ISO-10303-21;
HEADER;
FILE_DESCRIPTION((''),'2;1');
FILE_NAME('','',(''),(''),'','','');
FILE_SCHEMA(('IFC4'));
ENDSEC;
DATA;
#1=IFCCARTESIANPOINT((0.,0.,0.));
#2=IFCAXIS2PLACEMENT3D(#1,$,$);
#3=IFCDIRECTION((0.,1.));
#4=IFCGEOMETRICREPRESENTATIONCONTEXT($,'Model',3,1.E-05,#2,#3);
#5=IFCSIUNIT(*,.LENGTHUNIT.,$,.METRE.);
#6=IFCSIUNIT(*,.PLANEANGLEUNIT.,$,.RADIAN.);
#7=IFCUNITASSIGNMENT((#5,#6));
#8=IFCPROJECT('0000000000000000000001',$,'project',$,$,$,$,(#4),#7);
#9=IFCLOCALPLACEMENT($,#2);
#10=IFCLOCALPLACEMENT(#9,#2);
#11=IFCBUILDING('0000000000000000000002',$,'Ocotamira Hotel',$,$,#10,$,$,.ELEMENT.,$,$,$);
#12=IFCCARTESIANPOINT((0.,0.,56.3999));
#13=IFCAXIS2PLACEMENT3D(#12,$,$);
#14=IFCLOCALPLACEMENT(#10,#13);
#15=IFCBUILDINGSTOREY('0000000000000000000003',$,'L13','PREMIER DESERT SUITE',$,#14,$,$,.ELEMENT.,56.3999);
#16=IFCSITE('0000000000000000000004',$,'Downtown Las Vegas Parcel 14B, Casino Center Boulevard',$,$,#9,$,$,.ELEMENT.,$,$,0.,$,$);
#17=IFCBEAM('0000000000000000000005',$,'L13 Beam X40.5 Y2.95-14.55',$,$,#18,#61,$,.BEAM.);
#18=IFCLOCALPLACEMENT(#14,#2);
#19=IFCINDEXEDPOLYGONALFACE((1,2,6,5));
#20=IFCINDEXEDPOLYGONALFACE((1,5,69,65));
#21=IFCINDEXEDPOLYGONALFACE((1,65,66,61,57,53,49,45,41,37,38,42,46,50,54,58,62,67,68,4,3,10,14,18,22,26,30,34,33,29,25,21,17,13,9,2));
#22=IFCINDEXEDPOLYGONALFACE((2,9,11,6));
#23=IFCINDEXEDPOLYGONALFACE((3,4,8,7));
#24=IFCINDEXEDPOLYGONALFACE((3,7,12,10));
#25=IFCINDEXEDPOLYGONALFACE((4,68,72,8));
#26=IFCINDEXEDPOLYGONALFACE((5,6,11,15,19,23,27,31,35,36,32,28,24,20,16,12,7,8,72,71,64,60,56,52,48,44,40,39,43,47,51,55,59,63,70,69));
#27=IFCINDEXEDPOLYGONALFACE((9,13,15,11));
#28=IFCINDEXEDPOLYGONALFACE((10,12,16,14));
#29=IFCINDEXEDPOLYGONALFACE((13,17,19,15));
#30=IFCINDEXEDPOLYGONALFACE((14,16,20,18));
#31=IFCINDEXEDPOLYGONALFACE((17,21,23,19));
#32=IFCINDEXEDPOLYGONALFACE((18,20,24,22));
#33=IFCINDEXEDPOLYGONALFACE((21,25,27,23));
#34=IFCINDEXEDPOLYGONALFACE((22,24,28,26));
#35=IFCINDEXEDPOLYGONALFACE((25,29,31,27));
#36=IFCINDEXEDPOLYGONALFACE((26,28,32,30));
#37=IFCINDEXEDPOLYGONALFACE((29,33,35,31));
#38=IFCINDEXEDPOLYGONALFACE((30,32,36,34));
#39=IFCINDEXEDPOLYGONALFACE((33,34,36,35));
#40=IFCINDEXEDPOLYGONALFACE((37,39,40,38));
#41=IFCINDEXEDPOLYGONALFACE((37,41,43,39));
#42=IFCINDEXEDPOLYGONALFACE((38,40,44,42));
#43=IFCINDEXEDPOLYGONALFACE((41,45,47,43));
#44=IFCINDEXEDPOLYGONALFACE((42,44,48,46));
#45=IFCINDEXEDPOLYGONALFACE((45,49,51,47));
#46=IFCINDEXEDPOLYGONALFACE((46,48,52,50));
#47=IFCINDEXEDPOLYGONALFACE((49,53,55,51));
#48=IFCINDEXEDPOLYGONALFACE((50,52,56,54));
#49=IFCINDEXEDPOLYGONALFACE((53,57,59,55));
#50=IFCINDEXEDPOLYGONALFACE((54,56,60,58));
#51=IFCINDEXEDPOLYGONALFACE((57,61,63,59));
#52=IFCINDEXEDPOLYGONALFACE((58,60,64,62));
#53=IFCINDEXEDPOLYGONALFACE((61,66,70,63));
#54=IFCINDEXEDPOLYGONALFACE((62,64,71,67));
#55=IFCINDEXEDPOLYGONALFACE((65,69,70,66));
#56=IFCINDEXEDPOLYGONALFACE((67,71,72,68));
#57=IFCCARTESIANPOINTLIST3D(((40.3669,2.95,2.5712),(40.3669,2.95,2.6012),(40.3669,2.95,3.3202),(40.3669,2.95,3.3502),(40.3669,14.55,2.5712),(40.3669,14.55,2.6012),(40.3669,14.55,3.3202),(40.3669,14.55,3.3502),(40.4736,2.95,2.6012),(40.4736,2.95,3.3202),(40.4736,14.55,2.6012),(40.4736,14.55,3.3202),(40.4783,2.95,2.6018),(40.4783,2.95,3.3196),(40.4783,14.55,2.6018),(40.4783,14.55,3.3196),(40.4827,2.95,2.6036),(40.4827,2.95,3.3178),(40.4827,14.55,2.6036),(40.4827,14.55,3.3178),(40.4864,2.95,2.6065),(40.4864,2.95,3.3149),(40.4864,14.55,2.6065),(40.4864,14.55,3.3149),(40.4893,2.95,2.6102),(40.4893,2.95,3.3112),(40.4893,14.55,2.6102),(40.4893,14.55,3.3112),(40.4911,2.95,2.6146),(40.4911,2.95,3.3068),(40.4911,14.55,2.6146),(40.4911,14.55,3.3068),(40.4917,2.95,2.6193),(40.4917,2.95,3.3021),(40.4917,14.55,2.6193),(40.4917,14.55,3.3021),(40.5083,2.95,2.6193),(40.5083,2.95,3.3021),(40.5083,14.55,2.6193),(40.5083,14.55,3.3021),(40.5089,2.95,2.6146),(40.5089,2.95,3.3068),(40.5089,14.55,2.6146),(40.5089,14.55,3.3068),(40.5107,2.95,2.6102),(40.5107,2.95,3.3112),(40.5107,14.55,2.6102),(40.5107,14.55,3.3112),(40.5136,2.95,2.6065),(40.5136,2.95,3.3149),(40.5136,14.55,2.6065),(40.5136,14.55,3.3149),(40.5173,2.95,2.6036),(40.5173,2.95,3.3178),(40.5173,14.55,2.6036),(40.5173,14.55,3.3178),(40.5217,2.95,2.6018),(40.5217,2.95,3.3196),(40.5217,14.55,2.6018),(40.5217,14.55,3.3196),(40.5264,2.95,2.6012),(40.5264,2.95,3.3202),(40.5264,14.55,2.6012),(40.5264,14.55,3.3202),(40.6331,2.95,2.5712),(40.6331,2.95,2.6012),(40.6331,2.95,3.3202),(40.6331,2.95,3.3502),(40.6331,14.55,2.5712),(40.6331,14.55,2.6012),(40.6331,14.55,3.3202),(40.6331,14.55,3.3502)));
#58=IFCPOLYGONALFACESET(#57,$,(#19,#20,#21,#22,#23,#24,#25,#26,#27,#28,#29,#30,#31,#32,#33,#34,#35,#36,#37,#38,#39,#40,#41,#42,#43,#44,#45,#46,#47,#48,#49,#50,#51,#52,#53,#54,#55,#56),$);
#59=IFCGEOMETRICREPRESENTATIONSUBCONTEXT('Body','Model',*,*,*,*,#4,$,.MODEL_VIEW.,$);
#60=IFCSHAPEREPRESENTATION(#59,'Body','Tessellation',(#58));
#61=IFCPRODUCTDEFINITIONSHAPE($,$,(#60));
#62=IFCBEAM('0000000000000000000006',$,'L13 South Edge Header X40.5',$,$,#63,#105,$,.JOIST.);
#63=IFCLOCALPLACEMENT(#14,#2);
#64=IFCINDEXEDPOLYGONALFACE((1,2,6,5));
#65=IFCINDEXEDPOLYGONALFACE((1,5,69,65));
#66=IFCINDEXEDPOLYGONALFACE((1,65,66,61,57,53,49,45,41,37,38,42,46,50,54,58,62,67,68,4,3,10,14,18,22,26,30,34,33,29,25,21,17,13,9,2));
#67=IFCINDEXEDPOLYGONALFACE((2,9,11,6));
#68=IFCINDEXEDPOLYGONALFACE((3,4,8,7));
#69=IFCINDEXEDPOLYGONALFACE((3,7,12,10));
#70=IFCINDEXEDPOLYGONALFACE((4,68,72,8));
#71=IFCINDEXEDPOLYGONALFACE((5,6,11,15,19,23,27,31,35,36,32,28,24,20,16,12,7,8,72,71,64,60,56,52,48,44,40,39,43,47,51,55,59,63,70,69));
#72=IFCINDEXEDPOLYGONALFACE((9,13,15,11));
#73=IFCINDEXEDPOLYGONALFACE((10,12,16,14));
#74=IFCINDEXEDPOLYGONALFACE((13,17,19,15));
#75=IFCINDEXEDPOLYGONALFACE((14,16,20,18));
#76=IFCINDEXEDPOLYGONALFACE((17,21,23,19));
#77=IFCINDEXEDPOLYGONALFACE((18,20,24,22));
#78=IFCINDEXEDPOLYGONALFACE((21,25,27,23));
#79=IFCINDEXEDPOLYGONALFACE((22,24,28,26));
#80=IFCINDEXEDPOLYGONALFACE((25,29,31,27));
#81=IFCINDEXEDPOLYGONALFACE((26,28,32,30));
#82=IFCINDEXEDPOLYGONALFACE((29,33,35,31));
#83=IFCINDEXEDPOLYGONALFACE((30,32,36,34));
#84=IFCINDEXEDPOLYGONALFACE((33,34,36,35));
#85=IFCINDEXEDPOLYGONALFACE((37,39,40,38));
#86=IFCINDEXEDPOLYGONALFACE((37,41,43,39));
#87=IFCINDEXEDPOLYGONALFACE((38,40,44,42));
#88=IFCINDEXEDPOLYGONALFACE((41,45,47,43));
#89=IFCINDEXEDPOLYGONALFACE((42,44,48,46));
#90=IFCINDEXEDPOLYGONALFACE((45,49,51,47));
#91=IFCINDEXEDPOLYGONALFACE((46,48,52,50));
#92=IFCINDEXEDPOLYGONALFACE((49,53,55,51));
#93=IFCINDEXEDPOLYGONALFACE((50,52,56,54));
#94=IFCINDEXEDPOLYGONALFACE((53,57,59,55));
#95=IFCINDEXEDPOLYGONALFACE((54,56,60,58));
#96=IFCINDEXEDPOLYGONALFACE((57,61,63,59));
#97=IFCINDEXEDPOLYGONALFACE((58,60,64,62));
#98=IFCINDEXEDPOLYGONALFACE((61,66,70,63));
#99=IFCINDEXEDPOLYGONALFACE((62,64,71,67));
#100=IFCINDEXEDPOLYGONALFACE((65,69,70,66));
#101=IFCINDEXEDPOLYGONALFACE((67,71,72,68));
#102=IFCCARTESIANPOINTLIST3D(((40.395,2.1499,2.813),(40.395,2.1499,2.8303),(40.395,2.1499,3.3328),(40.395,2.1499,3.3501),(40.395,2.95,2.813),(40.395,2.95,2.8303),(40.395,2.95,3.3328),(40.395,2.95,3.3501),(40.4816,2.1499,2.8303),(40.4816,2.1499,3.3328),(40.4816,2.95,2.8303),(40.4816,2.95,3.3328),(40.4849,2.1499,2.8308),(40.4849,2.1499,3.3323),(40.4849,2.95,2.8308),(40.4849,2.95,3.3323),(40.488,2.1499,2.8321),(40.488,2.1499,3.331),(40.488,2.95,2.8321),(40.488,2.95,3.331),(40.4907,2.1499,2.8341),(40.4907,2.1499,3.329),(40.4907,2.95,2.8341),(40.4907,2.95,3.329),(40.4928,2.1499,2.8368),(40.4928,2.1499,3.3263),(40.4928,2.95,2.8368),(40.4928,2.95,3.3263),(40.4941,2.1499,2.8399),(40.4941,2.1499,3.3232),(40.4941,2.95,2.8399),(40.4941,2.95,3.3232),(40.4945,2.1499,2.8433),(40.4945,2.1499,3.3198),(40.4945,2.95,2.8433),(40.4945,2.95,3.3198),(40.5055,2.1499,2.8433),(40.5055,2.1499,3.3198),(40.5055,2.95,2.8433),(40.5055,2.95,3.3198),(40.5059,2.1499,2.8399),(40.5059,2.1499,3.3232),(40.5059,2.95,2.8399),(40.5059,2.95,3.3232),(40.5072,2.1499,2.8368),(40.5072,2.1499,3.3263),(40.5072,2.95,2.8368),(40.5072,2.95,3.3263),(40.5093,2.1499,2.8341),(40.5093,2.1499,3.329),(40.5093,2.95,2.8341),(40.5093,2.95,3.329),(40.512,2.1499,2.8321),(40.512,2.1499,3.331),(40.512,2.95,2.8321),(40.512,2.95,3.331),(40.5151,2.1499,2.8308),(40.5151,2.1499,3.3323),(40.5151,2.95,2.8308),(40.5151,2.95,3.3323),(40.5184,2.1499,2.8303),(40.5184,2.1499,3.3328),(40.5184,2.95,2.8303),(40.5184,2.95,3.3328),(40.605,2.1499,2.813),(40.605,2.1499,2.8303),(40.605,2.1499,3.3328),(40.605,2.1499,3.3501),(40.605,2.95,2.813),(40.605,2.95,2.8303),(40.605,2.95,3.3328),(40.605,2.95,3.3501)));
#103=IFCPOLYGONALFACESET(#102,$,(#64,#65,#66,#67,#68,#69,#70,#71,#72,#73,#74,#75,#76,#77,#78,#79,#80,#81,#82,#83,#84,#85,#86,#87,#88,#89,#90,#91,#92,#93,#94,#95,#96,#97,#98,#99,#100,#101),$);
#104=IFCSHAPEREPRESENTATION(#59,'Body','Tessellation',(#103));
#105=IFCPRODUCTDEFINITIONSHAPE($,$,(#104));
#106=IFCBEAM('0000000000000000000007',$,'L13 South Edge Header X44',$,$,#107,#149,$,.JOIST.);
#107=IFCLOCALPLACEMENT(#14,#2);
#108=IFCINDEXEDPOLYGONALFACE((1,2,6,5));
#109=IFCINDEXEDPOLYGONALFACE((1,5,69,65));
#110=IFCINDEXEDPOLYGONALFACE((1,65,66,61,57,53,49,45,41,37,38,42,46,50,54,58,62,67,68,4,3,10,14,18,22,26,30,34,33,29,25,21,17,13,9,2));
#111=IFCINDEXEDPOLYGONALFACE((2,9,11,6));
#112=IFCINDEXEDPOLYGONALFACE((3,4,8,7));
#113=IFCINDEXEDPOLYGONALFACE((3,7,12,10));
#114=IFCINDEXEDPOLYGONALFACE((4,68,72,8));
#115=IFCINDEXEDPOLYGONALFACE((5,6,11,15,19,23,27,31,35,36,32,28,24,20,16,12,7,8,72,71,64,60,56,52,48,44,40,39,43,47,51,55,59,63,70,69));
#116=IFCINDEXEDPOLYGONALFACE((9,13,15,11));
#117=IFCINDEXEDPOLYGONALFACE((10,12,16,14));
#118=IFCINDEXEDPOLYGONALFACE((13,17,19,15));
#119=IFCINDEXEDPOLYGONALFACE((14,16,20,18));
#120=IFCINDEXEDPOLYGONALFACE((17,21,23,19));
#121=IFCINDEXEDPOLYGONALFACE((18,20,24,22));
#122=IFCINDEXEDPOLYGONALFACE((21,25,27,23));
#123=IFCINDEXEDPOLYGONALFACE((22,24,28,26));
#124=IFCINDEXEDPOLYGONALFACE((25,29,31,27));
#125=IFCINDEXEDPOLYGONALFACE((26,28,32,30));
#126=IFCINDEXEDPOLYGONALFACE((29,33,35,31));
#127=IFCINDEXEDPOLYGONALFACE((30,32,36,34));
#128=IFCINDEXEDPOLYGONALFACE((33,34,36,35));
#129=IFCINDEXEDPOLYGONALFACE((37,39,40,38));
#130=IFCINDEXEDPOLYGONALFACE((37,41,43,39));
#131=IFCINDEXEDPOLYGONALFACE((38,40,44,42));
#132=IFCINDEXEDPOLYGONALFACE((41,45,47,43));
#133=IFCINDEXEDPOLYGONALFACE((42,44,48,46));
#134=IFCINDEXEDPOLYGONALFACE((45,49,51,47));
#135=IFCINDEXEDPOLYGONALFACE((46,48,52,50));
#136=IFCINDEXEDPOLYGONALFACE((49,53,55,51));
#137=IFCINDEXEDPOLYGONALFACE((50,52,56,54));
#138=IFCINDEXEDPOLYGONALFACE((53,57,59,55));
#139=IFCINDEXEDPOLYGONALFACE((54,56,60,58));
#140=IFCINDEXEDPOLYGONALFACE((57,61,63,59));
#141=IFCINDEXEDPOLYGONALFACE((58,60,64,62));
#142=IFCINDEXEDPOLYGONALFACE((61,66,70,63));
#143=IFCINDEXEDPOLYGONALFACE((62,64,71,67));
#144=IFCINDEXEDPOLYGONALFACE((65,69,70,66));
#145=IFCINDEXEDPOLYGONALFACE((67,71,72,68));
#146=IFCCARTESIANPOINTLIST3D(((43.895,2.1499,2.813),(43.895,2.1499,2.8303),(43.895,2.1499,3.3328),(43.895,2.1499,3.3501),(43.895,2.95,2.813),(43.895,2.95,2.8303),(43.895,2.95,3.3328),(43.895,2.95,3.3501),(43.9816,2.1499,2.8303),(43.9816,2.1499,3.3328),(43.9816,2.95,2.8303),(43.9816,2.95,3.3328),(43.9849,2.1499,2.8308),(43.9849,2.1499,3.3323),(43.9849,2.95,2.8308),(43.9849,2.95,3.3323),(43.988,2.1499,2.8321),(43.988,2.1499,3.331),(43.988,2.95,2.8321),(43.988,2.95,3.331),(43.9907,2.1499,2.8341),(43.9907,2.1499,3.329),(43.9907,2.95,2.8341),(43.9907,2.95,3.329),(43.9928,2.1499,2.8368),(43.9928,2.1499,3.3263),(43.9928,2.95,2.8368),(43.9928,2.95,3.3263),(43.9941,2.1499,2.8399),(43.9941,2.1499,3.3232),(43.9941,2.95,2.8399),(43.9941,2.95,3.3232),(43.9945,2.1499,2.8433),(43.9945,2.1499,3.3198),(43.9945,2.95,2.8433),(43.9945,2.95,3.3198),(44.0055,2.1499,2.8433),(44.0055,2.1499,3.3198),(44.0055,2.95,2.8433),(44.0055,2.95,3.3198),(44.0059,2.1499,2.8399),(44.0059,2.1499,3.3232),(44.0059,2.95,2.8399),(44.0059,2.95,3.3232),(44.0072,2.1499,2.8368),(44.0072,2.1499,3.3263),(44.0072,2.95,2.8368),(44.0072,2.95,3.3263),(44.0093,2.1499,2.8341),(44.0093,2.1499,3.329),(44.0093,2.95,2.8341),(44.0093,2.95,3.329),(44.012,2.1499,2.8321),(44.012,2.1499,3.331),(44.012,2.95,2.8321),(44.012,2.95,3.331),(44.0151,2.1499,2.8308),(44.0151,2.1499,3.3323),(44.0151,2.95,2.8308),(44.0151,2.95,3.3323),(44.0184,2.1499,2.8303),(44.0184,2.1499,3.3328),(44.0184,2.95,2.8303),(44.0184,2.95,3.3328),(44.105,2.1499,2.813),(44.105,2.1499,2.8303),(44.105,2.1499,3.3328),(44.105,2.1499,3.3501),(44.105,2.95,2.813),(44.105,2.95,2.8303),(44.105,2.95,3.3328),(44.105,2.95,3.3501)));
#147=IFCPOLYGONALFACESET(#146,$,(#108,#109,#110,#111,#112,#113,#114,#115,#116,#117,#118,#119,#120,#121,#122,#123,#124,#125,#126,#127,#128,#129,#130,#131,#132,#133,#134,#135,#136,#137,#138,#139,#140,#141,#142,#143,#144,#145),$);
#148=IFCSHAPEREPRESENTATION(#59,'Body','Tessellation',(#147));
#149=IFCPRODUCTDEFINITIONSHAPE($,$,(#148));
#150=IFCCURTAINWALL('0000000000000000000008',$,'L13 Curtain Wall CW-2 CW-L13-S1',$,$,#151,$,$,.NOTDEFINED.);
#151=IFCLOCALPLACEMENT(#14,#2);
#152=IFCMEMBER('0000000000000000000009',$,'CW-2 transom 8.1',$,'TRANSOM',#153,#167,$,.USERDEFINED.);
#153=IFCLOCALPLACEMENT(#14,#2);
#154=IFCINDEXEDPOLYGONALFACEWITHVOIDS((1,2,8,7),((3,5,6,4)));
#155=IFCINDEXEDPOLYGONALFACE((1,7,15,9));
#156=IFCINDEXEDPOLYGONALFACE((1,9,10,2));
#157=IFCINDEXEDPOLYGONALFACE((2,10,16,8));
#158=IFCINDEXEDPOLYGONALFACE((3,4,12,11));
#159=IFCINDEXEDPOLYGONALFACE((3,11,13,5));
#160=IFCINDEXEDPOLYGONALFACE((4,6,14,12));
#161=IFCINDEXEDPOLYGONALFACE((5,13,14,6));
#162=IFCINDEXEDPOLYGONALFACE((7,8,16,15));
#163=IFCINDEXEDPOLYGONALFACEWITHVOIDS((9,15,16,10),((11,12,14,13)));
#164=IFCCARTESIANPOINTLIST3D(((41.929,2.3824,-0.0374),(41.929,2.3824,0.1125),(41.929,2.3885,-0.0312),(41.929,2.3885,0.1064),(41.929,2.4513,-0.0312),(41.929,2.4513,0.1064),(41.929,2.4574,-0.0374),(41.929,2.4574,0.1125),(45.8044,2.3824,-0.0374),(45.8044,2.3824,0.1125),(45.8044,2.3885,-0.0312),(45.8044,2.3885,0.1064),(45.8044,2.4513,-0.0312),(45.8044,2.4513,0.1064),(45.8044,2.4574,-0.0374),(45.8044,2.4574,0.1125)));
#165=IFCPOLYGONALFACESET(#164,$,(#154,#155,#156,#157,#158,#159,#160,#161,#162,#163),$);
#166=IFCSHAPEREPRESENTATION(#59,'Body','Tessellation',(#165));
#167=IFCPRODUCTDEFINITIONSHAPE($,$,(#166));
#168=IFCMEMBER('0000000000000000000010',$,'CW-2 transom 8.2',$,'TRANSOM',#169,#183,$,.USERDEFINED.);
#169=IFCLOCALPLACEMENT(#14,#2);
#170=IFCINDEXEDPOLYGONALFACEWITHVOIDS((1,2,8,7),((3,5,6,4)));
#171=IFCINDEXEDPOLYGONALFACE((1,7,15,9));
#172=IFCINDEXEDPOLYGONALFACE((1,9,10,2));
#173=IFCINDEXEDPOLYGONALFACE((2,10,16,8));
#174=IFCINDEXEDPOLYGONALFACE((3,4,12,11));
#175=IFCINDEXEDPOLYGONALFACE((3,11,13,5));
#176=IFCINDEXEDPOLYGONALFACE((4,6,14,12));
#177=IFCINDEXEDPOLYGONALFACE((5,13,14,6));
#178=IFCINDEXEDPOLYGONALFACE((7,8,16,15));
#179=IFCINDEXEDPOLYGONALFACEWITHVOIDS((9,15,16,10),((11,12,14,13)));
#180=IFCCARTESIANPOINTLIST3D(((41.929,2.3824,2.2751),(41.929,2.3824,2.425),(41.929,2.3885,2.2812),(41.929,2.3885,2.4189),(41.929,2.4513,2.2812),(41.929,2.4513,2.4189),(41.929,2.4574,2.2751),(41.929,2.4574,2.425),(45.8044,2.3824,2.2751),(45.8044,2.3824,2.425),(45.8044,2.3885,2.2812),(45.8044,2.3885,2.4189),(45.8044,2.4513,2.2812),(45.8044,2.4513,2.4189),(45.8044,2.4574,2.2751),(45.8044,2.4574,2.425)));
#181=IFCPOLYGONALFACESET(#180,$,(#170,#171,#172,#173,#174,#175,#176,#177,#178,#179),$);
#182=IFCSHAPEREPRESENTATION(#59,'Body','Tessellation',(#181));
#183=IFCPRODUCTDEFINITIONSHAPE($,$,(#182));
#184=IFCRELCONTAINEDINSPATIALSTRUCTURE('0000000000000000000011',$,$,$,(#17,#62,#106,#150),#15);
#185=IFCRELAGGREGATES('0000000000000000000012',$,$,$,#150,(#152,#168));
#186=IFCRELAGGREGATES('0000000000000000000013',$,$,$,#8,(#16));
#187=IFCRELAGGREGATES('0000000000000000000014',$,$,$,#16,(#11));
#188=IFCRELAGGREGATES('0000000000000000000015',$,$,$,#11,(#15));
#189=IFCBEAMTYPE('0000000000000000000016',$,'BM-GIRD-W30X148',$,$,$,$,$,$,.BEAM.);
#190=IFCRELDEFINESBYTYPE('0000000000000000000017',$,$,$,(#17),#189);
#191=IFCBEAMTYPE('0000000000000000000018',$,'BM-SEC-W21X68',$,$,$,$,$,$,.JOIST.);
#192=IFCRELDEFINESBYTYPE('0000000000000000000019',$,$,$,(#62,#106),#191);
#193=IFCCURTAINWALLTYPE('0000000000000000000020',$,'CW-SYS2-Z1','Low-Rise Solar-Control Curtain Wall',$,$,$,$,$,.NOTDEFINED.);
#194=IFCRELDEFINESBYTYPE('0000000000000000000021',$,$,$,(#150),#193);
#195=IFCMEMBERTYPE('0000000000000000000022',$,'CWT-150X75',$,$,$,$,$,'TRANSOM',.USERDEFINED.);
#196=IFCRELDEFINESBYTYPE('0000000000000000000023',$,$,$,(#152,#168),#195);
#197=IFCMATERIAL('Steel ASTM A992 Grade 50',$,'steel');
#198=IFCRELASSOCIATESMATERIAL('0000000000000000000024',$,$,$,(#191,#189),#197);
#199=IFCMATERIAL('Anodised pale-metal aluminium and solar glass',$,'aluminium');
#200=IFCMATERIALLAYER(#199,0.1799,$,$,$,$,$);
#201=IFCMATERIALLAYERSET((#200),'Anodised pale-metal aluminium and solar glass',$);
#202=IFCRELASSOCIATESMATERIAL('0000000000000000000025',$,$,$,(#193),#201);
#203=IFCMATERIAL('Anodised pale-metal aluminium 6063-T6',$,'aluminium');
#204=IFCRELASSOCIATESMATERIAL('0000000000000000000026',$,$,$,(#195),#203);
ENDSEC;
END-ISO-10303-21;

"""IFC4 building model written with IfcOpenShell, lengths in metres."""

from ifc_helpers import new_model, si_unit, direction, frame, origin, origin_2d, place, context, subcontext, project, spatial, hollow_rectangle, i_section, extrude, source, transform, mapped, material, layer, layer_set, material_profile, profile_set, type_object, element, aggregate, save


model = new_model("IFC4")

# Units and contexts
model_context = context("Model", 3, precision=1e-05, world=origin(), true_north=direction((0.0, 1.0)))
body_context = subcontext(model_context, "Body", "Model", "MODEL_VIEW")
ifc_project = project(units=[si_unit("LENGTHUNIT", "METRE"), si_unit("PLANEANGLEUNIT", "RADIAN")], contexts=[model_context])

# Site, building, storey
site_placement = place(None, origin())
site = spatial("IfcSite", under=ifc_project, at=site_placement, Name="Downtown Las Vegas Parcel 14B, Casino Center Boulevard", CompositionType="ELEMENT", RefElevation=0.0)
building_placement = place(site_placement, origin())
building = spatial("IfcBuilding", under=site, at=building_placement, Name="Ocotamira Hotel", CompositionType="ELEMENT")
storey_placement = place(building_placement, frame((0.0, 0.0, 56.3999)))
storey = spatial("IfcBuildingStorey", under=building, at=storey_placement, Name="L13", Description="PREMIER DESERT SUITE", CompositionType="ELEMENT", Elevation=56.3999)

# Beams
ifc_material_1 = material(Name="Steel ASTM A992 Grade 50", Category="steel")
ifc_material_profile_1 = material_profile(ifc_material_1, i_section(OverallWidth=0.21, OverallDepth=0.5371, WebThickness=0.011, FlangeThickness=0.0173, FilletRadius=0.0129, at=origin_2d()), Name="W21X68")
ifc_profile_set_1 = profile_set([ifc_material_profile_1], Name="Steel ASTM A992 Grade 50")
beam_type_1 = type_object("IfcBeamType", Name="BM-SEC-W21X68", PredefinedType="JOIST", material=ifc_profile_set_1)
ifc_material_profile_2 = material_profile(ifc_material_1, i_section(OverallWidth=0.2661, OverallDepth=0.7791, WebThickness=0.0166, FlangeThickness=0.03, FilletRadius=0.0181, at=origin_2d()), Name="W30X148")
ifc_profile_set_2 = profile_set([ifc_material_profile_2], Name="Steel ASTM A992 Grade 50")
beam_type_2 = type_object("IfcBeamType", Name="BM-GIRD-W30X148", PredefinedType="BEAM", material=ifc_profile_set_2)
shared_shape_1 = source(origin(), body_context, "Body", "SweptSolid", [
    extrude(i_section(OverallWidth=0.2661, OverallDepth=0.7791, WebThickness=0.0166, FlangeThickness=0.03, FilletRadius=0.0181, at=origin_2d()), origin(), (0.0, 0.0, 1.0), 11.6001),
])
beam_1_placement = place(storey_placement, frame((40.5, 2.95, 2.9607), z_axis=(0.0, 1.0, 0.0), x_axis=(-1.0, 0.0, 0.0)))
element("IfcBeam", 1, at=beam_1_placement, inside=storey, type_object=beam_type_2, Name="L13 Beam X40.5 Y2.95-14.55", PredefinedType="BEAM", context=body_context, shape_type="MappedRepresentation", body=[
    mapped(shared_shape_1, transform((0.0, 0.0, 0.0), scale=1.0)),
])
shared_shape_2 = source(origin(), body_context, "Body", "SweptSolid", [
    extrude(i_section(OverallWidth=0.21, OverallDepth=0.5371, WebThickness=0.011, FlangeThickness=0.0173, FilletRadius=0.0129, at=origin_2d()), origin(), (0.0, 0.0, 1.0), 0.8),
])
for number, where, z_axis, x_axis, name in (
    (2, (40.5, 2.95, 3.0815), (0.0, -1.0, 0.0), (1.0, 0.0, 0.0), "L13 South Edge Header X40.5"),
    (3, (44.0, 2.95, 3.0815), (0.0, -1.0, 0.0), (1.0, 0.0, 0.0), "L13 South Edge Header X44"),
):
    element("IfcBeam", number, at=place(storey_placement, frame(where, z_axis=z_axis, x_axis=x_axis)), inside=storey, type_object=beam_type_1, Name=name, PredefinedType="JOIST", context=body_context, shape_type="MappedRepresentation", body=[
        mapped(shared_shape_2, transform((0.0, 0.0, 0.0), scale=1.0)),
    ])

# Curtain wall, members
ifc_material_2 = material(Name="Anodised pale-metal aluminium and solar glass", Category="aluminium")
ifc_layer_1 = layer(ifc_material_2, 0.1799)
ifc_layer_set_1 = layer_set([ifc_layer_1], Name="Anodised pale-metal aluminium and solar glass")
curtain_wall_type = type_object("IfcCurtainWallType", Name="CW-SYS2-Z1", Description="Low-Rise Solar-Control Curtain Wall", PredefinedType="NOTDEFINED", material=ifc_layer_set_1)
curtain_wall_placement = place(storey_placement, origin())
curtain_wall = element("IfcCurtainWall", 4, at=curtain_wall_placement, inside=storey, type_object=curtain_wall_type, Name="L13 Curtain Wall CW-2 CW-L13-S1", PredefinedType="NOTDEFINED")
ifc_material_3 = material(Name="Anodised pale-metal aluminium 6063-T6", Category="aluminium")
ifc_material_profile_3 = material_profile(ifc_material_3, hollow_rectangle(XDim=0.075, YDim=0.1499, WallThickness=0.0061, at=origin_2d()), Name="HSS150X75X6")
ifc_profile_set_3 = profile_set([ifc_material_profile_3], Name="Anodised pale-metal aluminium 6063-T6")
member_type_1 = type_object("IfcMemberType", Name="CWT-150X75", ElementType="TRANSOM", PredefinedType="USERDEFINED", material=ifc_profile_set_3)
shared_shape_3 = source(origin(), body_context, "Body", "SweptSolid", [
    extrude(hollow_rectangle(XDim=0.075, YDim=0.1499, WallThickness=0.0061, at=origin_2d()), origin(), (0.0, 0.0, 1.0), 3.8755),
])
member_1_placement = place(storey_placement, frame((41.929, 2.4199, 0.0376), z_axis=(1.0, 0.0, 0.0), x_axis=(0.0, 1.0, 0.0)))
member_1 = element("IfcMember", 5, at=member_1_placement, type_object=member_type_1, Name="CW-2 transom 8.1", ObjectType="TRANSOM", PredefinedType="USERDEFINED", context=body_context, shape_type="MappedRepresentation", body=[
    mapped(shared_shape_3, transform((0.0, 0.0, 0.0), scale=1.0)),
])
member_2_placement = place(storey_placement, frame((41.929, 2.4199, 2.3501), z_axis=(1.0, 0.0, 0.0), x_axis=(0.0, 1.0, 0.0)))
member_2 = element("IfcMember", 6, at=member_2_placement, type_object=member_type_1, Name="CW-2 transom 8.2", ObjectType="TRANSOM", PredefinedType="USERDEFINED", context=body_context, shape_type="MappedRepresentation", body=[
    mapped(shared_shape_3, transform((0.0, 0.0, 0.0), scale=1.0)),
])
aggregate(curtain_wall, [member_1, member_2])

save(model, "model.ifc")
